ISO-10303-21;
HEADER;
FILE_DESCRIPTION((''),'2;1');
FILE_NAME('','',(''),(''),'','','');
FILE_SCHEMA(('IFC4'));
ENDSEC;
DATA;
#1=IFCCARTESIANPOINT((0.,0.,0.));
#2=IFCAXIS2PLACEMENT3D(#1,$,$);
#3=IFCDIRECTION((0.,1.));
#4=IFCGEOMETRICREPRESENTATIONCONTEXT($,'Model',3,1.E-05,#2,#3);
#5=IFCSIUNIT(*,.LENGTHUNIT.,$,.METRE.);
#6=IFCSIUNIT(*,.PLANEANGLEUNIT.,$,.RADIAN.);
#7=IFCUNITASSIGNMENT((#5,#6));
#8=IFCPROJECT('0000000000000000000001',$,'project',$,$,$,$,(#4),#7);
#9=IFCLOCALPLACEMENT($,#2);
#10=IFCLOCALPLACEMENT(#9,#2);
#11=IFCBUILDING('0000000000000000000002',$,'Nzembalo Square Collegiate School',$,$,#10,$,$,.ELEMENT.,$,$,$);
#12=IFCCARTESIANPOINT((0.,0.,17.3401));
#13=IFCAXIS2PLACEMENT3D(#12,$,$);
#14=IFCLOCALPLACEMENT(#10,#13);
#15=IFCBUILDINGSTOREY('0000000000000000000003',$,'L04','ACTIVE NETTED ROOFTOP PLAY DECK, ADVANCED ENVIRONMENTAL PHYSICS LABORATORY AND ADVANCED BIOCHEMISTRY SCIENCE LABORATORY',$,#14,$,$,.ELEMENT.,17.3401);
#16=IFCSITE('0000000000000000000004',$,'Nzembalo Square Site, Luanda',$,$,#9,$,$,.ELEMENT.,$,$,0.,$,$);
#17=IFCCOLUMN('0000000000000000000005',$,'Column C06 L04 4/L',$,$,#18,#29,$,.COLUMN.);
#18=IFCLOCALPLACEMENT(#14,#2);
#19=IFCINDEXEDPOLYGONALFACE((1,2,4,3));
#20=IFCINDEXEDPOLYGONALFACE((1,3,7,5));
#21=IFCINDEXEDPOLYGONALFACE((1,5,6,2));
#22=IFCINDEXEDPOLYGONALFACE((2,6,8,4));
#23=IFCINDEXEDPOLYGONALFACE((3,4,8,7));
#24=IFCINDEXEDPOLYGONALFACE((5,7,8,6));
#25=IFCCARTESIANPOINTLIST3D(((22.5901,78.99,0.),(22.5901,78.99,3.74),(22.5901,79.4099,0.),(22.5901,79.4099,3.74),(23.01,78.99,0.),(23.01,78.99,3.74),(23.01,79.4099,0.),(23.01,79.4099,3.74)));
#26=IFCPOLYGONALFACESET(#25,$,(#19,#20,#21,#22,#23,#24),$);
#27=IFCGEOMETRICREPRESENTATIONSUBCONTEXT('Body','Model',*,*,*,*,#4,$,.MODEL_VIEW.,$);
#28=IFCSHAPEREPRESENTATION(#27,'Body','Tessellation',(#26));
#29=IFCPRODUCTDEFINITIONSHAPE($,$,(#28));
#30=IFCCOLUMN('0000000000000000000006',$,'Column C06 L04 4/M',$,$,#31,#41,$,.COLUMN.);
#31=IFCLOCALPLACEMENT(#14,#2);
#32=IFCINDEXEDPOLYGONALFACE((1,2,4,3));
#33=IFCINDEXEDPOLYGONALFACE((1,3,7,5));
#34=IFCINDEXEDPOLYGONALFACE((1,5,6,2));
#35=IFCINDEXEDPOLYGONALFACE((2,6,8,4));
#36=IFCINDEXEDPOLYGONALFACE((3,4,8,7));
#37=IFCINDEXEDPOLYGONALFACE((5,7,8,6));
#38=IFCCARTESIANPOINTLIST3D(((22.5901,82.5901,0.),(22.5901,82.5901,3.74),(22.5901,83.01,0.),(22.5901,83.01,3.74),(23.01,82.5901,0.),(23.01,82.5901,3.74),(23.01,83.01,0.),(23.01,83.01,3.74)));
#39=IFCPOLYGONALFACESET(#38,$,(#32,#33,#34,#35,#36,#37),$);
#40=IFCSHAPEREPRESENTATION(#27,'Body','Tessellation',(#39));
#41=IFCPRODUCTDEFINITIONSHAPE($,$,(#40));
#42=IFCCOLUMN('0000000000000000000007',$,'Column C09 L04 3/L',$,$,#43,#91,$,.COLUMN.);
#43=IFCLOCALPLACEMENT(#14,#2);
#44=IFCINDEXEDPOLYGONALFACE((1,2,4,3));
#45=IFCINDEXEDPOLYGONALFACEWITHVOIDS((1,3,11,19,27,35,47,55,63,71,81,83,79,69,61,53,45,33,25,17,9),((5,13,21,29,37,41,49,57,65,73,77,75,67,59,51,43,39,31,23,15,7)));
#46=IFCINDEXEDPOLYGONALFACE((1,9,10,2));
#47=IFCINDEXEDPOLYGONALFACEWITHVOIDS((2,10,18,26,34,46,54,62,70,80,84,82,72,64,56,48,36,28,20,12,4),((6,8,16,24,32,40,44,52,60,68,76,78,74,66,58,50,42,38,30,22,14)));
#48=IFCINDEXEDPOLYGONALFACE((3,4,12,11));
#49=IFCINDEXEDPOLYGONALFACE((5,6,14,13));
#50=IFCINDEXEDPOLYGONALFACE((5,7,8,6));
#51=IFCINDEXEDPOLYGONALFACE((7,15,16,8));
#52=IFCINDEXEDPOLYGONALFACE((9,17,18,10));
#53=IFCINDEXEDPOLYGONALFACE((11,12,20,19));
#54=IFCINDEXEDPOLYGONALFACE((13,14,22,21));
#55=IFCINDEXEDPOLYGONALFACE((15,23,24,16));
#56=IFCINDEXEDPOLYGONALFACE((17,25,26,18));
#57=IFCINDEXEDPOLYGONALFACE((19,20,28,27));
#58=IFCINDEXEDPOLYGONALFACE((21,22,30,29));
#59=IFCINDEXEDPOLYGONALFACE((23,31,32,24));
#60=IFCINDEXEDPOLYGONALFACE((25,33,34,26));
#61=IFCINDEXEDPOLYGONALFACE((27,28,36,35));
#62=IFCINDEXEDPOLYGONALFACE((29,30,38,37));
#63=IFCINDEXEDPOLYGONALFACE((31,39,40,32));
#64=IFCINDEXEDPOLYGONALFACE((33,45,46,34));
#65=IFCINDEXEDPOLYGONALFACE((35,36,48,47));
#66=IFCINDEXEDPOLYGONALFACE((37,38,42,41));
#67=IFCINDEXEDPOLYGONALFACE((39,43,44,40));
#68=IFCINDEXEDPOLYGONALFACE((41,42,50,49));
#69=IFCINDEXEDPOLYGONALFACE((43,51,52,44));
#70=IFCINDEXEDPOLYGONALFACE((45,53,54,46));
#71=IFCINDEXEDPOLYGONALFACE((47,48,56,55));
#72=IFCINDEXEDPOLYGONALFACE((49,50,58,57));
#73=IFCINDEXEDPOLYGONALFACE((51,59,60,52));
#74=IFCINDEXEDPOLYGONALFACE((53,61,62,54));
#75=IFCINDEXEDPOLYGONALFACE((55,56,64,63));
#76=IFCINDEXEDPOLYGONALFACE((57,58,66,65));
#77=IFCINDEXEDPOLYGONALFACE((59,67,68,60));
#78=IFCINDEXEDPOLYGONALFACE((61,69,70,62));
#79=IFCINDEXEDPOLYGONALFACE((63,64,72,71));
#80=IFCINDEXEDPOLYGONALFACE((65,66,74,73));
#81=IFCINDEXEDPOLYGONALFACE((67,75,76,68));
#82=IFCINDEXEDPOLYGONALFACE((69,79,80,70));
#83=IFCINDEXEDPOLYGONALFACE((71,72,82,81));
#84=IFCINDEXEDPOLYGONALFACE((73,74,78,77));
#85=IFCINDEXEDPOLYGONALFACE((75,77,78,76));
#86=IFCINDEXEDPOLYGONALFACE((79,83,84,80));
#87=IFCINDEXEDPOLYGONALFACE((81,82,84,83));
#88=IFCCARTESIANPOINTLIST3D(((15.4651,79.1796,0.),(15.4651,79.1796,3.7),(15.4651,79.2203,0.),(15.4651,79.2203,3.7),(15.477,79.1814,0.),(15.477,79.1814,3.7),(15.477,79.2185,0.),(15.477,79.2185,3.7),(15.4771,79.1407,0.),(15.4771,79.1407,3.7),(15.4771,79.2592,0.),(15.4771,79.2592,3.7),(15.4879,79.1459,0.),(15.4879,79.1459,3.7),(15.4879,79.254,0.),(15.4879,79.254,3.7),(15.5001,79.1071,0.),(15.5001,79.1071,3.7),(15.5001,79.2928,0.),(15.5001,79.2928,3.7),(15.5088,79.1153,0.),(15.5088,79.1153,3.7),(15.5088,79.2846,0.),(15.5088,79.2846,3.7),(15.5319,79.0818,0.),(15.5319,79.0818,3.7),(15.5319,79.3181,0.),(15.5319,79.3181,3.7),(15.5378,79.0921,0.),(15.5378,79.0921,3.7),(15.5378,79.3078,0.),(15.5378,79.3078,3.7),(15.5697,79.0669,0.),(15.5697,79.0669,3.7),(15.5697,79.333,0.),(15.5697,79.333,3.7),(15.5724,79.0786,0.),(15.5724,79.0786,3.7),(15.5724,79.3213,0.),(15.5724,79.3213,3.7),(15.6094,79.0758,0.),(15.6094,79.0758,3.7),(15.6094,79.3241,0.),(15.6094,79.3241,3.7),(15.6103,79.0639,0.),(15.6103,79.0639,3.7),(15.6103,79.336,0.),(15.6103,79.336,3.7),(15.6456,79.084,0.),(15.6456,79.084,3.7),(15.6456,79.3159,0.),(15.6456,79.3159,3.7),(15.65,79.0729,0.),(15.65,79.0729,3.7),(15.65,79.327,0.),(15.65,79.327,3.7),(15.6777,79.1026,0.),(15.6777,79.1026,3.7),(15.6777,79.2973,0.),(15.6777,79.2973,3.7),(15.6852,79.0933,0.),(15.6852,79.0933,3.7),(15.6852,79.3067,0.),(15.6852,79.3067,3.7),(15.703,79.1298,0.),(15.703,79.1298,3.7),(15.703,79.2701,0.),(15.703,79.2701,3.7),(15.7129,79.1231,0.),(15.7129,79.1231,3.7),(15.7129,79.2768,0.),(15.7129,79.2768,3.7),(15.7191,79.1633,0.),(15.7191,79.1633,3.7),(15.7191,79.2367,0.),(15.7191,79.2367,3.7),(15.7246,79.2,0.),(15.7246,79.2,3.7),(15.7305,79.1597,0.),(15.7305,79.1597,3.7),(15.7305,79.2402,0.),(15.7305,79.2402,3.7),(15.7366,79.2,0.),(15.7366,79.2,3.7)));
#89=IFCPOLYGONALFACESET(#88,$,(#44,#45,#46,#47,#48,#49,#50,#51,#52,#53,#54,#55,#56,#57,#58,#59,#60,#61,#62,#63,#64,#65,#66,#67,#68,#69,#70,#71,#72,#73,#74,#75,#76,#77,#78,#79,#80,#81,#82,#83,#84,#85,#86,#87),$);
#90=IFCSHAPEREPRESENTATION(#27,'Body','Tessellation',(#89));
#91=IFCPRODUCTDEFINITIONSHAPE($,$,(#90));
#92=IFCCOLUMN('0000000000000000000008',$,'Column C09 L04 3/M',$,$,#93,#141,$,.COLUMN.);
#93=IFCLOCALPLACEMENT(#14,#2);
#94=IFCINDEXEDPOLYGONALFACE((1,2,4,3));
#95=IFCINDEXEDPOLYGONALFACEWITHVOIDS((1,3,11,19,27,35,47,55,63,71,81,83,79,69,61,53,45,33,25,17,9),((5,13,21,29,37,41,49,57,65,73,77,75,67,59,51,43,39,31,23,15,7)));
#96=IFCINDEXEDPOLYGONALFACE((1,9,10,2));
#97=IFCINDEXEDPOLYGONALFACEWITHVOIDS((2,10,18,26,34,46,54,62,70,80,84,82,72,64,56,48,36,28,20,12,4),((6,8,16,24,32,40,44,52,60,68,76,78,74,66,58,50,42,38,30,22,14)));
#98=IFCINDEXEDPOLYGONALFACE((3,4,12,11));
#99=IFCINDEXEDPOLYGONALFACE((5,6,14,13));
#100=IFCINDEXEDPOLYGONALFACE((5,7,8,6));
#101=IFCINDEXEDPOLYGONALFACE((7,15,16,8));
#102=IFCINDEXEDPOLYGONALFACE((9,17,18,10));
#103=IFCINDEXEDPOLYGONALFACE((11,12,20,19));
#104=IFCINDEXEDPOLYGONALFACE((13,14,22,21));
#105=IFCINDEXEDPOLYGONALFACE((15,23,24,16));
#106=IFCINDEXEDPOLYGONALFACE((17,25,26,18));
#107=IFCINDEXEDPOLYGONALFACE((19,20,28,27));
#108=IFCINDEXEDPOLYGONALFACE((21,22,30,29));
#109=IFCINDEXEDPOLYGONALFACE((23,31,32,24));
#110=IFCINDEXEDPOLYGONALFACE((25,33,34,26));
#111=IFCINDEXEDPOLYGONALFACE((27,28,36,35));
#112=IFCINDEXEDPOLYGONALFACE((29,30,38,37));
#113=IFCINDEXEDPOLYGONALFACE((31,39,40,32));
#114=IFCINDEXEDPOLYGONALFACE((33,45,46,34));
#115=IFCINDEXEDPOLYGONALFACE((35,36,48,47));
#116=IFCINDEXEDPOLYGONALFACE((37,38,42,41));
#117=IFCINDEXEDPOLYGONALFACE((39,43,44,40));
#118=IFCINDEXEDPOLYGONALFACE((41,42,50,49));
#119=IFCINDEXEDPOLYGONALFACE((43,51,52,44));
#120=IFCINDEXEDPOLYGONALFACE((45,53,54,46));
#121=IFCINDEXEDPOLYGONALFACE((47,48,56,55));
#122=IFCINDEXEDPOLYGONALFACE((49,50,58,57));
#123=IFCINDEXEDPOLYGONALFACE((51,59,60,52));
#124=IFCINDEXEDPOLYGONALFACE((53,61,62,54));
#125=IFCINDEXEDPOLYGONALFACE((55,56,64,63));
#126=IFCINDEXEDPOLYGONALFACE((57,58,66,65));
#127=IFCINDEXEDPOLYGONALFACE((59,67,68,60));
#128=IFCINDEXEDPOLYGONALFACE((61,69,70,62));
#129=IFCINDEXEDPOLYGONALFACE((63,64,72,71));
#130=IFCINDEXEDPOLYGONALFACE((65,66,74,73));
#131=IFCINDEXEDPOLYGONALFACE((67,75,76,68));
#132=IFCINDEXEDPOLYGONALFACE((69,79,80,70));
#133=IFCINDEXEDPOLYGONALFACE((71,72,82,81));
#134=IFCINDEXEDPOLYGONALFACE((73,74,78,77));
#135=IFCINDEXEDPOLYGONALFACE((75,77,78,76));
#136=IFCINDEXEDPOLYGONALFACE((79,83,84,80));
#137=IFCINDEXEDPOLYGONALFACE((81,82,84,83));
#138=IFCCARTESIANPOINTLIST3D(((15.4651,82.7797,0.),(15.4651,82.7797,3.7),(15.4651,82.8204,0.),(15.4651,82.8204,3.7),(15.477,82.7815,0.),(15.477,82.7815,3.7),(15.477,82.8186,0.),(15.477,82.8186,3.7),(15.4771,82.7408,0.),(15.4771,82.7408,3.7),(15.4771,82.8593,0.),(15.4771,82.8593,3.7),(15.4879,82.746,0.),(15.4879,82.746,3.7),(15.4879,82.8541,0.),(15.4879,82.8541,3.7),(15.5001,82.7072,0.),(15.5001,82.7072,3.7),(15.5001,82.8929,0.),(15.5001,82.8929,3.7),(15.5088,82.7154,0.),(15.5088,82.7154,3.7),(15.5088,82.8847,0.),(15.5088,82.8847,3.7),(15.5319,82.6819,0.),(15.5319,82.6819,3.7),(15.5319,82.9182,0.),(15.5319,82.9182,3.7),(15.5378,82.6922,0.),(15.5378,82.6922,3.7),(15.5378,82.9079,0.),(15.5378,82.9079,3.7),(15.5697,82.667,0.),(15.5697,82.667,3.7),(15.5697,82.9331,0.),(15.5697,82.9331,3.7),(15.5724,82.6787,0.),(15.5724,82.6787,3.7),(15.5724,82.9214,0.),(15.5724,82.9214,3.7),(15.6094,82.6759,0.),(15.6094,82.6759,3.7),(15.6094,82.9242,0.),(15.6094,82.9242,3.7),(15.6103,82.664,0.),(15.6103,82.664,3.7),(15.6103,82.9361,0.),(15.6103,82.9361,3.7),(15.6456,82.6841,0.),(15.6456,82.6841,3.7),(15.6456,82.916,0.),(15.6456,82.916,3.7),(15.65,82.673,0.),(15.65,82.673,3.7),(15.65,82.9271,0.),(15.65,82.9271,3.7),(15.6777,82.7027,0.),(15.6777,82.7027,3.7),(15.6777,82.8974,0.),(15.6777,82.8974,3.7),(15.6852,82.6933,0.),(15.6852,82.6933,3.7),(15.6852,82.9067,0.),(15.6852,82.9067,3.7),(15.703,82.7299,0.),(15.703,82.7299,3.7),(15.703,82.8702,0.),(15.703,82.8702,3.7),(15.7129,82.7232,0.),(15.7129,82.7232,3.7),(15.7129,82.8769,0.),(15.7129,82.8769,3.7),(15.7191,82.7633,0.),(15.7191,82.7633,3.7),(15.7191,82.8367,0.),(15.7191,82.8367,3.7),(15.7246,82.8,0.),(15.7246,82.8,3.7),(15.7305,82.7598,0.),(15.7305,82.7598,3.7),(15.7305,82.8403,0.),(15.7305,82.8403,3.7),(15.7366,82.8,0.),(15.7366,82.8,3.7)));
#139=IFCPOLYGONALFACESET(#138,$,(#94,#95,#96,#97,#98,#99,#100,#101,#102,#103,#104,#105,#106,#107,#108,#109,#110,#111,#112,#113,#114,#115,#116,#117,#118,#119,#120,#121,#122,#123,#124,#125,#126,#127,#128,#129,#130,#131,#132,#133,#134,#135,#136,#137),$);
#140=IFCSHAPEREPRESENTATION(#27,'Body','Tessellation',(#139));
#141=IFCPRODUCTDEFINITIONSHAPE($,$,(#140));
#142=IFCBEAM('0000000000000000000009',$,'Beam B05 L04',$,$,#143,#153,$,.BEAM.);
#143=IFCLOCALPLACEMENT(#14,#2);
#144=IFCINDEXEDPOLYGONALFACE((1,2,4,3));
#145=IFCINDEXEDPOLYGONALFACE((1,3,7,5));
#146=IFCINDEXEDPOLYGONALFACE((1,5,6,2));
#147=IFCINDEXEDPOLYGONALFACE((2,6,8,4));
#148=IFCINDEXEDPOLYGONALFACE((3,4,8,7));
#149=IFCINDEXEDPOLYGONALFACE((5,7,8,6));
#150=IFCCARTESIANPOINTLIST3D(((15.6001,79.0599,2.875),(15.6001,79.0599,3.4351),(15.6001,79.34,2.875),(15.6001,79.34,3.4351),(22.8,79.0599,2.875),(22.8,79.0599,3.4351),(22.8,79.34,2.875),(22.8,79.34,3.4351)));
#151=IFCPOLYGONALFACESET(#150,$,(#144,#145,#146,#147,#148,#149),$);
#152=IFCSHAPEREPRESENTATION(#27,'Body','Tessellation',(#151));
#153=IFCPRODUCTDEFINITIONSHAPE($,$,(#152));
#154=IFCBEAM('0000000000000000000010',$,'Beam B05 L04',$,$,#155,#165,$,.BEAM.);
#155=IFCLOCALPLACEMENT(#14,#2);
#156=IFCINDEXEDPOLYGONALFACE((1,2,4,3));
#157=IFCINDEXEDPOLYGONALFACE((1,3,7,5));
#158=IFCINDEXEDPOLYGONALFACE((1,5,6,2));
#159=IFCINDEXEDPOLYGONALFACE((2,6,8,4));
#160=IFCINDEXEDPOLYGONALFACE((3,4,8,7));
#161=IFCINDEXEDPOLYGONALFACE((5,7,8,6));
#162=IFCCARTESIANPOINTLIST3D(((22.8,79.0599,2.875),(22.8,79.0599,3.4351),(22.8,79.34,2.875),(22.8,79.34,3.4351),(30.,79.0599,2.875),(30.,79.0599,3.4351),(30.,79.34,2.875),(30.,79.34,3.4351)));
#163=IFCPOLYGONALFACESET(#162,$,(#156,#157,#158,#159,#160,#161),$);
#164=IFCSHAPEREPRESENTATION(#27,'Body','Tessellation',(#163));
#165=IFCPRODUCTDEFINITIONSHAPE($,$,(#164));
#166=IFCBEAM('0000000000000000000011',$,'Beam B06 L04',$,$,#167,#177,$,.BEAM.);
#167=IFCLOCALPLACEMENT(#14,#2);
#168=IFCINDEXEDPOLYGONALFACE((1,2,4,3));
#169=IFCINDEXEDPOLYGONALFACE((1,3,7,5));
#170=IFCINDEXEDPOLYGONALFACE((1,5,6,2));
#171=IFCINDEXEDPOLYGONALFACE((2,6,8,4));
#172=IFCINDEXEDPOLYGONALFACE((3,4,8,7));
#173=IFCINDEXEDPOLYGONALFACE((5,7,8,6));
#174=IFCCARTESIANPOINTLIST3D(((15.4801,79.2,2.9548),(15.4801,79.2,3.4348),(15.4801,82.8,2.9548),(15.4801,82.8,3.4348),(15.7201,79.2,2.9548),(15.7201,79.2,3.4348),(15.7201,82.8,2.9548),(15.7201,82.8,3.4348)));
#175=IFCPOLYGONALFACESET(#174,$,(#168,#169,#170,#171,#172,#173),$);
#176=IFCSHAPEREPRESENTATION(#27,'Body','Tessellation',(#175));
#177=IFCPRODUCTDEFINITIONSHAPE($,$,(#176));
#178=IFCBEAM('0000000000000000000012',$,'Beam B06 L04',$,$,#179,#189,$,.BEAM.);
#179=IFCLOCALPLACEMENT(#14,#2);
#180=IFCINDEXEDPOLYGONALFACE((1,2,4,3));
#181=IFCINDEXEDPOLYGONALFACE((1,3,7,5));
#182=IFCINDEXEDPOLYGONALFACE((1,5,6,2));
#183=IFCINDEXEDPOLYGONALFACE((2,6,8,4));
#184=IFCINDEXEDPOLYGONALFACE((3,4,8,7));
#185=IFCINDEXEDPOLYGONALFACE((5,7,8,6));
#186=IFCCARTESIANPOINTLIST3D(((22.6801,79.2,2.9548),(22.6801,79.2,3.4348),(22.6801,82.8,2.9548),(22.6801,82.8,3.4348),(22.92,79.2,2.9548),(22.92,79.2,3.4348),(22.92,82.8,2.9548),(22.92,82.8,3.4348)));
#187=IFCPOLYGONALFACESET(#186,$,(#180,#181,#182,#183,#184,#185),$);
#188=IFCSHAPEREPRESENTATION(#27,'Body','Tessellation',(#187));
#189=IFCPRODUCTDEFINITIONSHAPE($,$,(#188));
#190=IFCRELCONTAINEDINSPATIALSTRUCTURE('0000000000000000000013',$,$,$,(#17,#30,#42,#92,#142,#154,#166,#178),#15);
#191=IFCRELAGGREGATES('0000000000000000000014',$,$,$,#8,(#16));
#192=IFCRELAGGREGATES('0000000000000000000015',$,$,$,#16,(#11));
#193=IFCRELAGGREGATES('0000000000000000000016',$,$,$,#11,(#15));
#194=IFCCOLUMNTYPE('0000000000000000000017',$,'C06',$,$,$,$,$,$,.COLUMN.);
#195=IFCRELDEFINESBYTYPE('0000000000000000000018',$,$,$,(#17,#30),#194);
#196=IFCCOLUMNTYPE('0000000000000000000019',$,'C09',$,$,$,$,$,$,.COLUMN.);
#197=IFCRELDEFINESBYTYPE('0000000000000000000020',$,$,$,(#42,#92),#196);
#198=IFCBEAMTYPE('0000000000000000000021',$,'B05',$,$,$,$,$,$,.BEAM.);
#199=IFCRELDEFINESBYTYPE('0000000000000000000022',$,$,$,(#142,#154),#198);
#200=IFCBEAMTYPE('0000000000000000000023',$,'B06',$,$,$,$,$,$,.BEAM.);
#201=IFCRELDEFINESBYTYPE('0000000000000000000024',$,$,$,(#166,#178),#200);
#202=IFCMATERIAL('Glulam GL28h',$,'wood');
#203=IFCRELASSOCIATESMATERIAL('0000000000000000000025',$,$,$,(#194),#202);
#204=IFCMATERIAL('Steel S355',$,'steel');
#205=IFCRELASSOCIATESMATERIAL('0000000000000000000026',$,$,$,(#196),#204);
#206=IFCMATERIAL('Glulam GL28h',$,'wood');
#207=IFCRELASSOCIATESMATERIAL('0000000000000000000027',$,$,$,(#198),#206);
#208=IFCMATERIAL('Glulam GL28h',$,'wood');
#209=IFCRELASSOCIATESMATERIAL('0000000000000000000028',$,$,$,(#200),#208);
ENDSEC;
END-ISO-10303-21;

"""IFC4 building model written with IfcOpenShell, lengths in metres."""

from ifc_helpers import new_model, si_unit, direction, frame, origin, origin_2d, place, context, subcontext, project, spatial, rectangle, hollow_circle, extrude, material, material_profile, profile_set, type_object, element, save


model = new_model("IFC4")

# Units and contexts
model_context = context("Model", 3, precision=1e-05, world=origin(), true_north=direction((0.0, 1.0)))
body_context = subcontext(model_context, "Body", "Model", "MODEL_VIEW")
ifc_project = project(units=[si_unit("LENGTHUNIT", "METRE"), si_unit("PLANEANGLEUNIT", "RADIAN")], contexts=[model_context])

# Site, building, storey
site_placement = place(None, origin())
site = spatial("IfcSite", under=ifc_project, at=site_placement, Name="Nzembalo Square Site, Luanda", CompositionType="ELEMENT", RefElevation=0.0)
building_placement = place(site_placement, origin())
building = spatial("IfcBuilding", under=site, at=building_placement, Name="Nzembalo Square Collegiate School", CompositionType="ELEMENT")
storey_placement = place(building_placement, frame((0.0, 0.0, 17.3401)))
storey = spatial("IfcBuildingStorey", under=building, at=storey_placement, Name="L04", Description="ACTIVE NETTED ROOFTOP PLAY DECK, ADVANCED ENVIRONMENTAL PHYSICS LABORATORY AND ADVANCED BIOCHEMISTRY SCIENCE LABORATORY", CompositionType="ELEMENT", Elevation=17.3401)

# Columns
ifc_material_1 = material(Name="Glulam GL28h", Category="wood")
ifc_material_profile_1 = material_profile(ifc_material_1, rectangle(XDim=0.4199, YDim=0.4199, at=origin_2d()), Name="GL28h 420x420")
ifc_profile_set_1 = profile_set([ifc_material_profile_1], Name="Glulam GL28h")
column_type_1 = type_object("IfcColumnType", Name="C06", PredefinedType="COLUMN", material=ifc_profile_set_1)
for number, where, z_axis, x_axis, name in (
    (1, (22.8, 79.2, 0.0), (0.0, 0.0, 1.0), (1.0, 0.0, 0.0), "Column C06 L04 4/L"),
    (2, (22.8, 82.8, 0.0), (0.0, 0.0, 1.0), (1.0, 0.0, 0.0), "Column C06 L04 4/M"),
):
    element("IfcColumn", number, at=place(storey_placement, frame(where, z_axis=z_axis, x_axis=x_axis)), inside=storey, type_object=column_type_1, Name=name, PredefinedType="COLUMN", context=body_context, shape_type="SweptSolid", body=[
        extrude(rectangle(XDim=0.4199, YDim=0.4199, at=origin_2d()), origin(), (0.0, 0.0, 1.0), 3.74),
    ])
ifc_material_2 = material(Name="Steel S355", Category="steel")
ifc_material_profile_2 = material_profile(ifc_material_2, hollow_circle(Radius=0.1365, WallThickness=0.012, at=origin_2d()), Name="CHS 273x12")
ifc_profile_set_2 = profile_set([ifc_material_profile_2], Name="Steel S355")
column_type_2 = type_object("IfcColumnType", Name="C09", PredefinedType="COLUMN", material=ifc_profile_set_2)
for number, where, z_axis, x_axis, name in (
    (3, (15.6001, 79.2, 0.0), (0.0, 0.0, 1.0), (1.0, 0.0, 0.0), "Column C09 L04 3/L"),
    (4, (15.6001, 82.8, 0.0), (0.0, 0.0, 1.0), (1.0, 0.0, 0.0), "Column C09 L04 3/M"),
):
    element("IfcColumn", number, at=place(storey_placement, frame(where, z_axis=z_axis, x_axis=x_axis)), inside=storey, type_object=column_type_2, Name=name, PredefinedType="COLUMN", context=body_context, shape_type="SweptSolid", body=[
        extrude(hollow_circle(Radius=0.1365, WallThickness=0.012, at=origin_2d()), origin(), (0.0, 0.0, 1.0), 3.7),
    ])

# Beams
ifc_material_3 = material(Name="Glulam GL28h", Category="wood")
ifc_material_profile_3 = material_profile(ifc_material_3, rectangle(XDim=0.28, YDim=0.5601, at=origin_2d()), Name="GL28h 280x560")
ifc_profile_set_3 = profile_set([ifc_material_profile_3], Name="Glulam GL28h")
beam_type_1 = type_object("IfcBeamType", Name="B05", PredefinedType="BEAM", material=ifc_profile_set_3)
for number, where, z_axis, x_axis, name in (
    (5, (15.6001, 79.2, 3.155), (1.0, 0.0, 0.0), (0.0, 1.0, 0.0), "Beam B05 L04"),
    (6, (22.8, 79.2, 3.155), (1.0, 0.0, 0.0), (0.0, 1.0, 0.0), "Beam B05 L04"),
):
    element("IfcBeam", number, at=place(storey_placement, frame(where, z_axis=z_axis, x_axis=x_axis)), inside=storey, type_object=beam_type_1, Name=name, PredefinedType="BEAM", context=body_context, shape_type="SweptSolid", body=[
        extrude(rectangle(XDim=0.28, YDim=0.5601, at=origin_2d()), origin(), (0.0, 0.0, 1.0), 7.2),
    ])
ifc_material_4 = material(Name="Glulam GL28h", Category="wood")
ifc_material_profile_4 = material_profile(ifc_material_4, rectangle(XDim=0.24, YDim=0.48, at=origin_2d()), Name="GL28h 240x480")
ifc_profile_set_4 = profile_set([ifc_material_profile_4], Name="Glulam GL28h")
beam_type_2 = type_object("IfcBeamType", Name="B06", PredefinedType="BEAM", material=ifc_profile_set_4)
for number, where, z_axis, x_axis, name in (
    (7, (15.6001, 79.2, 3.1948), (0.0, 1.0, 0.0), (-1.0, 0.0, 0.0), "Beam B06 L04"),
    (8, (22.8, 79.2, 3.1948), (0.0, 1.0, 0.0), (-1.0, 0.0, 0.0), "Beam B06 L04"),
):
    element("IfcBeam", number, at=place(storey_placement, frame(where, z_axis=z_axis, x_axis=x_axis)), inside=storey, type_object=beam_type_2, Name=name, PredefinedType="BEAM", context=body_context, shape_type="SweptSolid", body=[
        extrude(rectangle(XDim=0.24, YDim=0.48, at=origin_2d()), origin(), (0.0, 0.0, 1.0), 3.6001),
    ])

save(model, "model.ifc")
